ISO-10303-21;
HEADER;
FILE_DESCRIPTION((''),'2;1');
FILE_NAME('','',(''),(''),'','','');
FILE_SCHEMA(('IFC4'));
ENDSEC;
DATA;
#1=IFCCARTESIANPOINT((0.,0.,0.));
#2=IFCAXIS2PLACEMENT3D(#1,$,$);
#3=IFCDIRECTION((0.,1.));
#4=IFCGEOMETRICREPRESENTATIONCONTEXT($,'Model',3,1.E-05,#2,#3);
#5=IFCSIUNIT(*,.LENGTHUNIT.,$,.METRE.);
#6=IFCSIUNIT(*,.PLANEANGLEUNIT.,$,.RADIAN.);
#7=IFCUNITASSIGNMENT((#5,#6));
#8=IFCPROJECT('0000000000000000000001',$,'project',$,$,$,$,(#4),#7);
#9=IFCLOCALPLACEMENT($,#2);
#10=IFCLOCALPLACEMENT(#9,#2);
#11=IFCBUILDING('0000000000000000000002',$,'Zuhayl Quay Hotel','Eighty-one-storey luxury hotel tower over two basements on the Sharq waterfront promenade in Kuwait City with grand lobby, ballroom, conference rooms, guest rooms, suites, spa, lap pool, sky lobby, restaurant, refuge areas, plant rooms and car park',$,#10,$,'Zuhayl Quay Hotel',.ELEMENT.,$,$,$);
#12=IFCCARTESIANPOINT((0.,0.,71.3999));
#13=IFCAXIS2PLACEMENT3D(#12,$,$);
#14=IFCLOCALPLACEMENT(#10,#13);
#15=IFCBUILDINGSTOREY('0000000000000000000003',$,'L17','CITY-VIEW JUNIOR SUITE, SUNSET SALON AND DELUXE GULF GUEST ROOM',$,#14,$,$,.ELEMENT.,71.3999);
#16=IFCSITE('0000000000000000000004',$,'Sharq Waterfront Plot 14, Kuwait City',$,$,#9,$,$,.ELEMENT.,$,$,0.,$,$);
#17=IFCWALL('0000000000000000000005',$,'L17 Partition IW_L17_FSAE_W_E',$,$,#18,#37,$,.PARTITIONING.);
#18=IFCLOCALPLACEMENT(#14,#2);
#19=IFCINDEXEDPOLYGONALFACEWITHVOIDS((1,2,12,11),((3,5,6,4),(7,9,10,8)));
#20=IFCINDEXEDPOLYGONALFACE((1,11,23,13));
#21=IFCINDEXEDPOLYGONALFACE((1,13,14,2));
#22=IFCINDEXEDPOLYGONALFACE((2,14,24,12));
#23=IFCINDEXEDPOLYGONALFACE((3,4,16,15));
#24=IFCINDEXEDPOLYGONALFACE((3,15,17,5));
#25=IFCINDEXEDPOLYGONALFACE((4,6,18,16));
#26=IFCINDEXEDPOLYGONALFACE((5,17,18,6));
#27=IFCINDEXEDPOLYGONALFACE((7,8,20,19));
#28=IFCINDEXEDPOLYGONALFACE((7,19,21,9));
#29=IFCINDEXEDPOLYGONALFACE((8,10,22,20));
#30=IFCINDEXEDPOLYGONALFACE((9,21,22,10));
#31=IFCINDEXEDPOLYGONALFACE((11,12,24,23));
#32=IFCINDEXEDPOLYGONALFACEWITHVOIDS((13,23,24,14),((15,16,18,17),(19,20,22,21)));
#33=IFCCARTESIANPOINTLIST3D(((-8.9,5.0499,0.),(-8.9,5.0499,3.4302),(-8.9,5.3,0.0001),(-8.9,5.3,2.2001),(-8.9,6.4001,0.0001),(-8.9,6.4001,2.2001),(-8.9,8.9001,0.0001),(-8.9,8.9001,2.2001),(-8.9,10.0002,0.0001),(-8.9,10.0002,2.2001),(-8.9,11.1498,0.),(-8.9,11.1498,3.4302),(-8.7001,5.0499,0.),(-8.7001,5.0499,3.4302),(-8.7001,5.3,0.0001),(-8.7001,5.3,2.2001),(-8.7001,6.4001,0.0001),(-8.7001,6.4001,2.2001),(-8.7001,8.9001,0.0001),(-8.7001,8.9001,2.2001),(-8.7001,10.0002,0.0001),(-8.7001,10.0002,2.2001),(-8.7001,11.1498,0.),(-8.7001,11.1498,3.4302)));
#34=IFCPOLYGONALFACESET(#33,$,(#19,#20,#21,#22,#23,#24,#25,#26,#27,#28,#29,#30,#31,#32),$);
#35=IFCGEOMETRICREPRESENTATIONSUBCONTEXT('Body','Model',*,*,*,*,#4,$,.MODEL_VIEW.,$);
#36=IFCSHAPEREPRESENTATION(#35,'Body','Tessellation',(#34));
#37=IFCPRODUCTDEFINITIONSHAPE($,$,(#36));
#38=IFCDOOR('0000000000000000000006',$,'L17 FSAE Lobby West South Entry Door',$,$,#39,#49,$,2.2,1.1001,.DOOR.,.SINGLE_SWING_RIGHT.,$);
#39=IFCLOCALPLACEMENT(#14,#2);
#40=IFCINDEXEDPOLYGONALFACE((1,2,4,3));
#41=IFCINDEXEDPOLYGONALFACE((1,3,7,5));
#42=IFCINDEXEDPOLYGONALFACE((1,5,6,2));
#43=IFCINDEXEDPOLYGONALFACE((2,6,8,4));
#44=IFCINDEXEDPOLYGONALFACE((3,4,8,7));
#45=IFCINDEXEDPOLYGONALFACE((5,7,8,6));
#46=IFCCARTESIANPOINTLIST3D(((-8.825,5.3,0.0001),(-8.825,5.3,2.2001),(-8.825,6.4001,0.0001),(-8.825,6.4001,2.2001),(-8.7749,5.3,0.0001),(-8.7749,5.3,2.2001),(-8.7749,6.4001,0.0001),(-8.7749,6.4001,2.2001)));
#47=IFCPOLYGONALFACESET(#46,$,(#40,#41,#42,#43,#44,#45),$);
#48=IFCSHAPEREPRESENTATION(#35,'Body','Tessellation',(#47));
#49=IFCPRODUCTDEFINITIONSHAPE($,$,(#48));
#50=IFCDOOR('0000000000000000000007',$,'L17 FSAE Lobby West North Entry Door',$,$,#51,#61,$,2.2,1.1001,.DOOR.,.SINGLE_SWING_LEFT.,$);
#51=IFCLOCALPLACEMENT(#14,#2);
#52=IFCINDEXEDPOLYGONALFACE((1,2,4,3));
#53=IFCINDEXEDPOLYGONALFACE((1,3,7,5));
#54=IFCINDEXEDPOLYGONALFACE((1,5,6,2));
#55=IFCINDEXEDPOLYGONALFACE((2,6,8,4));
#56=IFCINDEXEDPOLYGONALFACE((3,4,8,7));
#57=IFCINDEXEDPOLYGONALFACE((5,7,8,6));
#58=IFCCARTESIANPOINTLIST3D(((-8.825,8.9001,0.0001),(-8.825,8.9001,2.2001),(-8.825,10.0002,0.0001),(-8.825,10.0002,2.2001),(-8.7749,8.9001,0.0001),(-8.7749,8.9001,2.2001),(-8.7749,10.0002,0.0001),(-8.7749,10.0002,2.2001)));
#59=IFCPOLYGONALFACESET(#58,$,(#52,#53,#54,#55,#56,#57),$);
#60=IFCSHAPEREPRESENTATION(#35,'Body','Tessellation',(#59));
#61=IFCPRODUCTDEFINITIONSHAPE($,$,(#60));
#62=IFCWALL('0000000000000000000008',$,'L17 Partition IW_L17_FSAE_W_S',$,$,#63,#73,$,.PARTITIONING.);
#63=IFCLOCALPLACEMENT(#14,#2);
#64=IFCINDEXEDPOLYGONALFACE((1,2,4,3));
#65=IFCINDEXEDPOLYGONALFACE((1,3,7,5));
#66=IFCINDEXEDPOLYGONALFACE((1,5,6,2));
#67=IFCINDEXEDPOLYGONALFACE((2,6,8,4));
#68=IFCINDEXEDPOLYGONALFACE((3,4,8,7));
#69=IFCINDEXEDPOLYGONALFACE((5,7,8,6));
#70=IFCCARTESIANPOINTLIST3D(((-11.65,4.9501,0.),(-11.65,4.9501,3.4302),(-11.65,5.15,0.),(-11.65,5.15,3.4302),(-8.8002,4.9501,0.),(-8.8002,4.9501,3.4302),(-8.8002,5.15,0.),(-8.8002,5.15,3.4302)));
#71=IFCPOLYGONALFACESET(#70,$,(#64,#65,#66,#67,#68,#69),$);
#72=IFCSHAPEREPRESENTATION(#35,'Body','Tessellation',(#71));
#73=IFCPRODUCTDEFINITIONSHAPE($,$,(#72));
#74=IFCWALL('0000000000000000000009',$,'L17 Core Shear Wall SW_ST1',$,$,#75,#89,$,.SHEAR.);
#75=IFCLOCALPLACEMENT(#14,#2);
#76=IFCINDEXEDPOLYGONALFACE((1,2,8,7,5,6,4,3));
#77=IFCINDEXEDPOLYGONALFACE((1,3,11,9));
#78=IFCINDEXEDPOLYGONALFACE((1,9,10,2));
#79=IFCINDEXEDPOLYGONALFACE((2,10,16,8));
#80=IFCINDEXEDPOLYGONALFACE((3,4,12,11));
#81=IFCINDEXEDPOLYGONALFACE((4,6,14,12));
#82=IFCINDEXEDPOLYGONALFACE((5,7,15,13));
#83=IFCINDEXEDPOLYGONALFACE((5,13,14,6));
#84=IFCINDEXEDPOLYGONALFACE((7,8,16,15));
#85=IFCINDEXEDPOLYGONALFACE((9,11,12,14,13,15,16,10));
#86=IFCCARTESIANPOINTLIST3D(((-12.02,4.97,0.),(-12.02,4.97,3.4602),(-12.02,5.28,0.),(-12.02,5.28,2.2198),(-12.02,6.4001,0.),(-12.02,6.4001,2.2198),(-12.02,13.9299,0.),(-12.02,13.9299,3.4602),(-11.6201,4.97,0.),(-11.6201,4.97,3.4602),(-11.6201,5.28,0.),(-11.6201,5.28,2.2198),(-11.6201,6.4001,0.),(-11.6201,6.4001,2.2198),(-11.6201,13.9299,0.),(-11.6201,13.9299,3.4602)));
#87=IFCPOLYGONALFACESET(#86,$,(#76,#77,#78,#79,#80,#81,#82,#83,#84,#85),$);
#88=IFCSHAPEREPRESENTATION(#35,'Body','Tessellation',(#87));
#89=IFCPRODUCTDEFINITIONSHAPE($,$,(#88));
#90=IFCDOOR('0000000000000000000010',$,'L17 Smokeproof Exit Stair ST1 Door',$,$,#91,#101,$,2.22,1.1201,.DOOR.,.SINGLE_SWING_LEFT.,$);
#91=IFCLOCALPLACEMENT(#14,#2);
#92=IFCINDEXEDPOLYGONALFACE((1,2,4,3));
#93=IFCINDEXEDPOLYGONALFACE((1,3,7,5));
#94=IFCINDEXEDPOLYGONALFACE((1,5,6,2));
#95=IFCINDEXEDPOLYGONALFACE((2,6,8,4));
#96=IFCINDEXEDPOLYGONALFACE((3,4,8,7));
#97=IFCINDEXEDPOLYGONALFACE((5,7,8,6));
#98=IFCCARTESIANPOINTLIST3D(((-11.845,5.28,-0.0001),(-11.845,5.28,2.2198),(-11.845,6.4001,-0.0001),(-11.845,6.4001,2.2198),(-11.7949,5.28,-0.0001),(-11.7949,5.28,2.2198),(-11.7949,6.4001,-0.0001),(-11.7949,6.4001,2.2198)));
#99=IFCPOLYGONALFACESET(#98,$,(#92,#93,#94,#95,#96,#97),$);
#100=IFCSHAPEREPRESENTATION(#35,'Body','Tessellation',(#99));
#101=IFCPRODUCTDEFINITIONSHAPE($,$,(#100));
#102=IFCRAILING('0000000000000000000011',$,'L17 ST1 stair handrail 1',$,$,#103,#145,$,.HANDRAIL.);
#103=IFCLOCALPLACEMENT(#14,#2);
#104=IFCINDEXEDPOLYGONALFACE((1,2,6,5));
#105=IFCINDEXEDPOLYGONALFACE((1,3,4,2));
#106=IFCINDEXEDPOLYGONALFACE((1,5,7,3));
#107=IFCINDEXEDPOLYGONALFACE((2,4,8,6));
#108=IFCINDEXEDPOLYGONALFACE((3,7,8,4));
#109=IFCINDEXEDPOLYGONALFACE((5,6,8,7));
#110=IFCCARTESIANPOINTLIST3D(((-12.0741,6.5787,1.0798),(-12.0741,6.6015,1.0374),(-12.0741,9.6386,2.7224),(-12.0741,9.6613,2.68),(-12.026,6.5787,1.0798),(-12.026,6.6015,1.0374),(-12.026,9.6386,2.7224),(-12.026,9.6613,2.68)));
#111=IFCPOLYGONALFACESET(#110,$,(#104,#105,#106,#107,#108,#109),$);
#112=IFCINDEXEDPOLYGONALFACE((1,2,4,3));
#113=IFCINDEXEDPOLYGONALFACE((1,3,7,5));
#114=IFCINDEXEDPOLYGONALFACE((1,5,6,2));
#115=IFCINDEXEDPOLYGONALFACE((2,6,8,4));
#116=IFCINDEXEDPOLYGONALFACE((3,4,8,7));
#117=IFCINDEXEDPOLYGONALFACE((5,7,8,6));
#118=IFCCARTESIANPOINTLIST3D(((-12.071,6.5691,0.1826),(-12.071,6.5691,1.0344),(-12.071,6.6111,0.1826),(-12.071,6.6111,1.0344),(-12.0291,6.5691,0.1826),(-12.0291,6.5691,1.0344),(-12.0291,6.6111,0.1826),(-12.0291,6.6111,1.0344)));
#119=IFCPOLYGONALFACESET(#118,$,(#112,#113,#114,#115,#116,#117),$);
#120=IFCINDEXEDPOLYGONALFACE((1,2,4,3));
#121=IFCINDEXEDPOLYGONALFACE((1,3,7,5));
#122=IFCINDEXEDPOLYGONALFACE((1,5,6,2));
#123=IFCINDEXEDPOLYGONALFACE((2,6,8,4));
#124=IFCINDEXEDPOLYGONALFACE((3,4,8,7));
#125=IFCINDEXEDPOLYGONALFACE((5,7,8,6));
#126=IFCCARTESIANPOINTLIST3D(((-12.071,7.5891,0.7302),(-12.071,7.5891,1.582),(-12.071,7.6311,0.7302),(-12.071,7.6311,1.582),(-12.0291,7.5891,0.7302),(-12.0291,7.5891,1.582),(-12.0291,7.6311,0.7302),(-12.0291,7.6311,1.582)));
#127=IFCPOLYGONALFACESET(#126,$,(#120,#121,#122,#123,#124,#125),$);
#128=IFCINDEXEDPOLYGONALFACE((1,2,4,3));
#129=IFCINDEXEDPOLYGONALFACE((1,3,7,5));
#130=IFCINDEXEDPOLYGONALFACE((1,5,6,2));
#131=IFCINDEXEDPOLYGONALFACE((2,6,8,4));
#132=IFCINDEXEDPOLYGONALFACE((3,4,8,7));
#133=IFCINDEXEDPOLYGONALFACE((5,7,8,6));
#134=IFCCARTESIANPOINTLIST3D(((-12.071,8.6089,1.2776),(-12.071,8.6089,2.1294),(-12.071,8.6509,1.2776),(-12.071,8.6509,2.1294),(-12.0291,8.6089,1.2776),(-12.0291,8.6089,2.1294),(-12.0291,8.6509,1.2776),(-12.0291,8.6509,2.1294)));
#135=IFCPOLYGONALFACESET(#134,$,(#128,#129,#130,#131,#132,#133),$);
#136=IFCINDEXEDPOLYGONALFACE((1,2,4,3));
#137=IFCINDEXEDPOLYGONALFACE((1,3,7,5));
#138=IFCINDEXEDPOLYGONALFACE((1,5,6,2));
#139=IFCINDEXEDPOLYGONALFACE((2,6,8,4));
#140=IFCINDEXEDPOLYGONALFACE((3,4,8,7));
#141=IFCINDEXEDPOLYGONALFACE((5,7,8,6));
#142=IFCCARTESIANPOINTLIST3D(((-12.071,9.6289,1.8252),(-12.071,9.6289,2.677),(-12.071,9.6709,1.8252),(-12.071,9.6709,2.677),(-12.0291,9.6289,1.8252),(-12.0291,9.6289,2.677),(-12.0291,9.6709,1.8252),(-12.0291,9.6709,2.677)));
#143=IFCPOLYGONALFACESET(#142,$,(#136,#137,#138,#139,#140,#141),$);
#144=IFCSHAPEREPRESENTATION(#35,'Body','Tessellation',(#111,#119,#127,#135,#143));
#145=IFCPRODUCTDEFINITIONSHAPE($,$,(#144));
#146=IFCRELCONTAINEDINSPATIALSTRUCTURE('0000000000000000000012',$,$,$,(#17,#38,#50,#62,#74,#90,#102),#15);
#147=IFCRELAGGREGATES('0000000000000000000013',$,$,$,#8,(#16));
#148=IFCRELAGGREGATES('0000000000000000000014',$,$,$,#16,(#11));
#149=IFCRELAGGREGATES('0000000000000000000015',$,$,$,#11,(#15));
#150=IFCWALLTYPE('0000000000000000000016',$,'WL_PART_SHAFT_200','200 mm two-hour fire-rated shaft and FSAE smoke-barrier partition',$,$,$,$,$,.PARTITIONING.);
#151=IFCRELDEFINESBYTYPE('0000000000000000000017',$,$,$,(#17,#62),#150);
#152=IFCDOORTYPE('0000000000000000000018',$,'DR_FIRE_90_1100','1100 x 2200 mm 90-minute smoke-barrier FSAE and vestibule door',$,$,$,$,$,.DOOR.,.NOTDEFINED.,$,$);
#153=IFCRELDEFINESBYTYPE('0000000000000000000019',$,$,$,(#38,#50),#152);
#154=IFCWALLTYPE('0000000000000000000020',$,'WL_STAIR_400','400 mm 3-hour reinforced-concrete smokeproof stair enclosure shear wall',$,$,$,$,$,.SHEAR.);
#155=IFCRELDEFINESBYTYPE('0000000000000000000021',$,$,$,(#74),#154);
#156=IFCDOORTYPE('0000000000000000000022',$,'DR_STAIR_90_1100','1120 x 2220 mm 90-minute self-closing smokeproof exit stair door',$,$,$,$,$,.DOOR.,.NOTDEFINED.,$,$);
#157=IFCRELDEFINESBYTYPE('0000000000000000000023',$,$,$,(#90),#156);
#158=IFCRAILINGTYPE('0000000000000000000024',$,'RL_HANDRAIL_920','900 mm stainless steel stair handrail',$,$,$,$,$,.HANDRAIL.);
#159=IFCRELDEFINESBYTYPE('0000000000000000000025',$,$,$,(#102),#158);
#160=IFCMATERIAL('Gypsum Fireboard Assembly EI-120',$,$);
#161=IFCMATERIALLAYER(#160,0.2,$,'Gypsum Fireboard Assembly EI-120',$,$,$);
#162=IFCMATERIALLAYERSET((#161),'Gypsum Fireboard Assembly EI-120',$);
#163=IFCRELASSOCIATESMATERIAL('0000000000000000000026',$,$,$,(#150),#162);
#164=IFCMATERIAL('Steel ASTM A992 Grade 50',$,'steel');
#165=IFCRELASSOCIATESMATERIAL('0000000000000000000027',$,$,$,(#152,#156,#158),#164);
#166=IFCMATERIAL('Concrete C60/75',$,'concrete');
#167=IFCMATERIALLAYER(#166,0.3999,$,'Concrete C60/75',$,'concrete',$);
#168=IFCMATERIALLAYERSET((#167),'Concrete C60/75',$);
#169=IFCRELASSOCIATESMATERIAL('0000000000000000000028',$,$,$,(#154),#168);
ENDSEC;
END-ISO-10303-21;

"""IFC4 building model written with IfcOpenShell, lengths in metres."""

from ifc_helpers import new_model, si_unit, direction, frame, frame_2d, origin, origin_2d, place, context, subcontext, project, spatial, rectangle, extrude, material, layer, layer_set, type_object, element, fill, save


model = new_model("IFC4")

# Units and contexts
model_context = context("Model", 3, precision=1e-05, world=origin(), true_north=direction((0.0, 1.0)))
body_context = subcontext(model_context, "Body", "Model", "MODEL_VIEW")
ifc_project = project(units=[si_unit("LENGTHUNIT", "METRE"), si_unit("PLANEANGLEUNIT", "RADIAN")], contexts=[model_context])

# Site, building, storey
site_placement = place(None, origin())
site = spatial("IfcSite", under=ifc_project, at=site_placement, Name="Sharq Waterfront Plot 14, Kuwait City", CompositionType="ELEMENT", RefElevation=0.0)
building_placement = place(site_placement, origin())
building = spatial("IfcBuilding", under=site, at=building_placement, Name="Zuhayl Quay Hotel", Description="Eighty-one-storey luxury hotel tower over two basements on the Sharq waterfront promenade in Kuwait City with grand lobby, ballroom, conference rooms, guest rooms, suites, spa, lap pool, sky lobby, restaurant, refuge areas, plant rooms and car park", LongName="Zuhayl Quay Hotel", CompositionType="ELEMENT")
storey_placement = place(building_placement, frame((0.0, 0.0, 71.3999)))
storey = spatial("IfcBuildingStorey", under=building, at=storey_placement, Name="L17", Description="CITY-VIEW JUNIOR SUITE, SUNSET SALON AND DELUXE GULF GUEST ROOM", CompositionType="ELEMENT", Elevation=71.3999)

# Shared definitions
ifc_material_1 = material(Name="Steel ASTM A992 Grade 50", Category="steel")

# Wall, openings, doors
ifc_material_2 = material(Name="Gypsum Fireboard Assembly EI-120")
ifc_layer_1 = layer(ifc_material_2, 0.2, Name="Gypsum Fireboard Assembly EI-120")
ifc_layer_set_1 = layer_set([ifc_layer_1], Name="Gypsum Fireboard Assembly EI-120")
wall_type_1 = type_object("IfcWallType", Name="WL_PART_SHAFT_200", Description="200 mm two-hour fire-rated shaft and FSAE smoke-barrier partition", PredefinedType="PARTITIONING", material=ifc_layer_set_1)
wall_1_placement = place(storey_placement, frame((-8.8, 5.05, 0.0), z_axis=(0.0, 0.0, 1.0), x_axis=(0.0, 1.0, 0.0)))
wall_1 = element("IfcWall", 1, at=wall_1_placement, inside=storey, type_object=wall_type_1, Name="L17 Partition IW_L17_FSAE_W_E", PredefinedType="PARTITIONING", context=body_context, shape_type="SweptSolid", body=[
    extrude(rectangle(XDim=6.0999, YDim=0.2, at=frame_2d((3.0498, 0.0))), origin(), (0.0, 0.0, 1.0), 3.4302),
])
opening_1_placement = place(wall_1_placement, frame((0.25, 0.0, 0.0)))
opening_1 = element("IfcOpeningElement", 2, at=opening_1_placement, cuts=wall_1, PredefinedType="OPENING", context=body_context, shape_type="SweptSolid", body=[
    extrude(rectangle(XDim=1.1001, YDim=2.2, at=frame_2d((0.55, 1.1001))), frame((0.0, 0.1099, 0.0), z_axis=(0.0, -1.0, 0.0), x_axis=(1.0, 0.0, 0.0)), (0.0, 0.0, 1.0), 0.22),
])
opening_2_placement = place(wall_1_placement, frame((3.8501, 0.0, 0.0)))
opening_2 = element("IfcOpeningElement", 3, at=opening_2_placement, cuts=wall_1, PredefinedType="OPENING", context=body_context, shape_type="SweptSolid", body=[
    extrude(rectangle(XDim=1.1001, YDim=2.2, at=frame_2d((0.55, 1.1001))), frame((0.0, 0.1099, 0.0), z_axis=(0.0, -1.0, 0.0), x_axis=(1.0, 0.0, 0.0)), (0.0, 0.0, 1.0), 0.22),
])
door_type_1 = type_object("IfcDoorType", Name="DR_FIRE_90_1100", Description="1100 x 2200 mm 90-minute smoke-barrier FSAE and vestibule door", OperationType="NOTDEFINED", PredefinedType="DOOR", material=ifc_material_1)
door_1_placement = place(opening_1_placement, origin())
door_1 = element("IfcDoor", 4, at=door_1_placement, inside=storey, type_object=door_type_1, Name="L17 FSAE Lobby West South Entry Door", OperationType="SINGLE_SWING_RIGHT", OverallHeight=2.2, OverallWidth=1.1001, PredefinedType="DOOR", context=body_context, shape_type="SweptSolid", body=[
    extrude(rectangle(XDim=1.1001, YDim=2.2, at=frame_2d((0.55, 1.1001))), frame((0.0, 0.0249, 0.0), z_axis=(0.0, -1.0, 0.0), x_axis=(1.0, 0.0, 0.0)), (0.0, 0.0, 1.0), 0.05),
])
fill(opening_1, door_1)
door_2_placement = place(opening_2_placement, origin())
door_2 = element("IfcDoor", 5, at=door_2_placement, inside=storey, type_object=door_type_1, Name="L17 FSAE Lobby West North Entry Door", OperationType="SINGLE_SWING_LEFT", OverallHeight=2.2, OverallWidth=1.1001, PredefinedType="DOOR", context=body_context, shape_type="SweptSolid", body=[
    extrude(rectangle(XDim=1.1001, YDim=2.2, at=frame_2d((0.55, 1.1001))), frame((0.0, 0.0249, 0.0), z_axis=(0.0, -1.0, 0.0), x_axis=(1.0, 0.0, 0.0)), (0.0, 0.0, 1.0), 0.05),
])
fill(opening_2, door_2)

# Wall
wall_2_placement = place(storey_placement, frame((-11.6499, 5.05, 0.0), z_axis=(0.0, 0.0, 1.0), x_axis=(1.0, 0.0, 0.0)))
element("IfcWall", 6, at=wall_2_placement, inside=storey, type_object=wall_type_1, Name="L17 Partition IW_L17_FSAE_W_S", PredefinedType="PARTITIONING", context=body_context, shape_type="SweptSolid", body=[
    extrude(rectangle(XDim=2.8499, YDim=0.2, at=frame_2d((1.4248, 0.0))), origin(), (0.0, 0.0, 1.0), 3.4302),
])

# Wall, opening, door
ifc_material_3 = material(Name="Concrete C60/75", Category="concrete")
ifc_layer_2 = layer(ifc_material_3, 0.3999, Name="Concrete C60/75", Category="concrete")
ifc_layer_set_2 = layer_set([ifc_layer_2], Name="Concrete C60/75")
wall_type_2 = type_object("IfcWallType", Name="WL_STAIR_400", Description="400 mm 3-hour reinforced-concrete smokeproof stair enclosure shear wall", PredefinedType="SHEAR", material=ifc_layer_set_2)
wall_3_placement = place(storey_placement, frame((-11.8201, 4.97, 0.0), z_axis=(0.0, 0.0, 1.0), x_axis=(0.0, 1.0, 0.0)))
wall_3 = element("IfcWall", 7, at=wall_3_placement, inside=storey, type_object=wall_type_2, Name="L17 Core Shear Wall SW_ST1", PredefinedType="SHEAR", context=body_context, shape_type="SweptSolid", body=[
    extrude(rectangle(XDim=8.96, YDim=0.3999, at=frame_2d((4.48, 0.0))), origin(), (0.0, 0.0, 1.0), 3.4602),
])
opening_3_placement = place(wall_3_placement, frame((0.3101, 0.0, 0.0)))
opening_3 = element("IfcOpeningElement", 8, at=opening_3_placement, cuts=wall_3, PredefinedType="OPENING", context=body_context, shape_type="SweptSolid", body=[
    extrude(rectangle(XDim=1.1201, YDim=2.22, at=frame_2d((0.5601, 1.1099))), frame((0.0, 0.21, 0.0), z_axis=(0.0, -1.0, 0.0), x_axis=(1.0, 0.0, 0.0)), (0.0, 0.0, 1.0), 0.4199),
])
door_type_2 = type_object("IfcDoorType", Name="DR_STAIR_90_1100", Description="1120 x 2220 mm 90-minute self-closing smokeproof exit stair door", OperationType="NOTDEFINED", PredefinedType="DOOR", material=ifc_material_1)
door_3_placement = place(opening_3_placement, origin())
door_3 = element("IfcDoor", 9, at=door_3_placement, inside=storey, type_object=door_type_2, Name="L17 Smokeproof Exit Stair ST1 Door", OperationType="SINGLE_SWING_LEFT", OverallHeight=2.22, OverallWidth=1.1201, PredefinedType="DOOR", context=body_context, shape_type="SweptSolid", body=[
    extrude(rectangle(XDim=1.1201, YDim=2.22, at=frame_2d((0.5601, 1.1099))), frame((0.0, 0.0249, 0.0), z_axis=(0.0, -1.0, 0.0), x_axis=(1.0, 0.0, 0.0)), (0.0, 0.0, 1.0), 0.05),
])
fill(opening_3, door_3)

# Railing
railing_type = type_object("IfcRailingType", Name="RL_HANDRAIL_920", Description="900 mm stainless steel stair handrail", PredefinedType="HANDRAIL", material=ifc_material_1)
railing_placement = place(storey_placement, frame((-12.05, 6.5901, 0.1826)))
element("IfcRailing", 10, at=railing_placement, inside=storey, type_object=railing_type, Name="L17 ST1 stair handrail 1", PredefinedType="HANDRAIL", context=body_context, shape_type="SweptSolid", body=[
    extrude(rectangle(XDim=0.0481, YDim=0.0481, at=origin_2d()), frame((0.0, 0.0, 0.876), z_axis=(0.0, 0.881073, 0.47298), x_axis=(-1.0, 0.0, 0.0)), (0.0, 0.0, 1.0), 3.4729),
    extrude(rectangle(XDim=0.042, YDim=0.042, at=origin_2d()), origin(), (0.0, 0.0, 1.0), 0.8518),
    extrude(rectangle(XDim=0.042, YDim=0.042, at=origin_2d()), frame((0.0, 1.02, 0.5476)), (0.0, 0.0, 1.0), 0.8518),
    extrude(rectangle(XDim=0.042, YDim=0.042, at=origin_2d()), frame((0.0, 2.0398, 1.095)), (0.0, 0.0, 1.0), 0.8518),
    extrude(rectangle(XDim=0.042, YDim=0.042, at=origin_2d()), frame((0.0, 3.0598, 1.6426)), (0.0, 0.0, 1.0), 0.8518),
])

save(model, "model.ifc")
